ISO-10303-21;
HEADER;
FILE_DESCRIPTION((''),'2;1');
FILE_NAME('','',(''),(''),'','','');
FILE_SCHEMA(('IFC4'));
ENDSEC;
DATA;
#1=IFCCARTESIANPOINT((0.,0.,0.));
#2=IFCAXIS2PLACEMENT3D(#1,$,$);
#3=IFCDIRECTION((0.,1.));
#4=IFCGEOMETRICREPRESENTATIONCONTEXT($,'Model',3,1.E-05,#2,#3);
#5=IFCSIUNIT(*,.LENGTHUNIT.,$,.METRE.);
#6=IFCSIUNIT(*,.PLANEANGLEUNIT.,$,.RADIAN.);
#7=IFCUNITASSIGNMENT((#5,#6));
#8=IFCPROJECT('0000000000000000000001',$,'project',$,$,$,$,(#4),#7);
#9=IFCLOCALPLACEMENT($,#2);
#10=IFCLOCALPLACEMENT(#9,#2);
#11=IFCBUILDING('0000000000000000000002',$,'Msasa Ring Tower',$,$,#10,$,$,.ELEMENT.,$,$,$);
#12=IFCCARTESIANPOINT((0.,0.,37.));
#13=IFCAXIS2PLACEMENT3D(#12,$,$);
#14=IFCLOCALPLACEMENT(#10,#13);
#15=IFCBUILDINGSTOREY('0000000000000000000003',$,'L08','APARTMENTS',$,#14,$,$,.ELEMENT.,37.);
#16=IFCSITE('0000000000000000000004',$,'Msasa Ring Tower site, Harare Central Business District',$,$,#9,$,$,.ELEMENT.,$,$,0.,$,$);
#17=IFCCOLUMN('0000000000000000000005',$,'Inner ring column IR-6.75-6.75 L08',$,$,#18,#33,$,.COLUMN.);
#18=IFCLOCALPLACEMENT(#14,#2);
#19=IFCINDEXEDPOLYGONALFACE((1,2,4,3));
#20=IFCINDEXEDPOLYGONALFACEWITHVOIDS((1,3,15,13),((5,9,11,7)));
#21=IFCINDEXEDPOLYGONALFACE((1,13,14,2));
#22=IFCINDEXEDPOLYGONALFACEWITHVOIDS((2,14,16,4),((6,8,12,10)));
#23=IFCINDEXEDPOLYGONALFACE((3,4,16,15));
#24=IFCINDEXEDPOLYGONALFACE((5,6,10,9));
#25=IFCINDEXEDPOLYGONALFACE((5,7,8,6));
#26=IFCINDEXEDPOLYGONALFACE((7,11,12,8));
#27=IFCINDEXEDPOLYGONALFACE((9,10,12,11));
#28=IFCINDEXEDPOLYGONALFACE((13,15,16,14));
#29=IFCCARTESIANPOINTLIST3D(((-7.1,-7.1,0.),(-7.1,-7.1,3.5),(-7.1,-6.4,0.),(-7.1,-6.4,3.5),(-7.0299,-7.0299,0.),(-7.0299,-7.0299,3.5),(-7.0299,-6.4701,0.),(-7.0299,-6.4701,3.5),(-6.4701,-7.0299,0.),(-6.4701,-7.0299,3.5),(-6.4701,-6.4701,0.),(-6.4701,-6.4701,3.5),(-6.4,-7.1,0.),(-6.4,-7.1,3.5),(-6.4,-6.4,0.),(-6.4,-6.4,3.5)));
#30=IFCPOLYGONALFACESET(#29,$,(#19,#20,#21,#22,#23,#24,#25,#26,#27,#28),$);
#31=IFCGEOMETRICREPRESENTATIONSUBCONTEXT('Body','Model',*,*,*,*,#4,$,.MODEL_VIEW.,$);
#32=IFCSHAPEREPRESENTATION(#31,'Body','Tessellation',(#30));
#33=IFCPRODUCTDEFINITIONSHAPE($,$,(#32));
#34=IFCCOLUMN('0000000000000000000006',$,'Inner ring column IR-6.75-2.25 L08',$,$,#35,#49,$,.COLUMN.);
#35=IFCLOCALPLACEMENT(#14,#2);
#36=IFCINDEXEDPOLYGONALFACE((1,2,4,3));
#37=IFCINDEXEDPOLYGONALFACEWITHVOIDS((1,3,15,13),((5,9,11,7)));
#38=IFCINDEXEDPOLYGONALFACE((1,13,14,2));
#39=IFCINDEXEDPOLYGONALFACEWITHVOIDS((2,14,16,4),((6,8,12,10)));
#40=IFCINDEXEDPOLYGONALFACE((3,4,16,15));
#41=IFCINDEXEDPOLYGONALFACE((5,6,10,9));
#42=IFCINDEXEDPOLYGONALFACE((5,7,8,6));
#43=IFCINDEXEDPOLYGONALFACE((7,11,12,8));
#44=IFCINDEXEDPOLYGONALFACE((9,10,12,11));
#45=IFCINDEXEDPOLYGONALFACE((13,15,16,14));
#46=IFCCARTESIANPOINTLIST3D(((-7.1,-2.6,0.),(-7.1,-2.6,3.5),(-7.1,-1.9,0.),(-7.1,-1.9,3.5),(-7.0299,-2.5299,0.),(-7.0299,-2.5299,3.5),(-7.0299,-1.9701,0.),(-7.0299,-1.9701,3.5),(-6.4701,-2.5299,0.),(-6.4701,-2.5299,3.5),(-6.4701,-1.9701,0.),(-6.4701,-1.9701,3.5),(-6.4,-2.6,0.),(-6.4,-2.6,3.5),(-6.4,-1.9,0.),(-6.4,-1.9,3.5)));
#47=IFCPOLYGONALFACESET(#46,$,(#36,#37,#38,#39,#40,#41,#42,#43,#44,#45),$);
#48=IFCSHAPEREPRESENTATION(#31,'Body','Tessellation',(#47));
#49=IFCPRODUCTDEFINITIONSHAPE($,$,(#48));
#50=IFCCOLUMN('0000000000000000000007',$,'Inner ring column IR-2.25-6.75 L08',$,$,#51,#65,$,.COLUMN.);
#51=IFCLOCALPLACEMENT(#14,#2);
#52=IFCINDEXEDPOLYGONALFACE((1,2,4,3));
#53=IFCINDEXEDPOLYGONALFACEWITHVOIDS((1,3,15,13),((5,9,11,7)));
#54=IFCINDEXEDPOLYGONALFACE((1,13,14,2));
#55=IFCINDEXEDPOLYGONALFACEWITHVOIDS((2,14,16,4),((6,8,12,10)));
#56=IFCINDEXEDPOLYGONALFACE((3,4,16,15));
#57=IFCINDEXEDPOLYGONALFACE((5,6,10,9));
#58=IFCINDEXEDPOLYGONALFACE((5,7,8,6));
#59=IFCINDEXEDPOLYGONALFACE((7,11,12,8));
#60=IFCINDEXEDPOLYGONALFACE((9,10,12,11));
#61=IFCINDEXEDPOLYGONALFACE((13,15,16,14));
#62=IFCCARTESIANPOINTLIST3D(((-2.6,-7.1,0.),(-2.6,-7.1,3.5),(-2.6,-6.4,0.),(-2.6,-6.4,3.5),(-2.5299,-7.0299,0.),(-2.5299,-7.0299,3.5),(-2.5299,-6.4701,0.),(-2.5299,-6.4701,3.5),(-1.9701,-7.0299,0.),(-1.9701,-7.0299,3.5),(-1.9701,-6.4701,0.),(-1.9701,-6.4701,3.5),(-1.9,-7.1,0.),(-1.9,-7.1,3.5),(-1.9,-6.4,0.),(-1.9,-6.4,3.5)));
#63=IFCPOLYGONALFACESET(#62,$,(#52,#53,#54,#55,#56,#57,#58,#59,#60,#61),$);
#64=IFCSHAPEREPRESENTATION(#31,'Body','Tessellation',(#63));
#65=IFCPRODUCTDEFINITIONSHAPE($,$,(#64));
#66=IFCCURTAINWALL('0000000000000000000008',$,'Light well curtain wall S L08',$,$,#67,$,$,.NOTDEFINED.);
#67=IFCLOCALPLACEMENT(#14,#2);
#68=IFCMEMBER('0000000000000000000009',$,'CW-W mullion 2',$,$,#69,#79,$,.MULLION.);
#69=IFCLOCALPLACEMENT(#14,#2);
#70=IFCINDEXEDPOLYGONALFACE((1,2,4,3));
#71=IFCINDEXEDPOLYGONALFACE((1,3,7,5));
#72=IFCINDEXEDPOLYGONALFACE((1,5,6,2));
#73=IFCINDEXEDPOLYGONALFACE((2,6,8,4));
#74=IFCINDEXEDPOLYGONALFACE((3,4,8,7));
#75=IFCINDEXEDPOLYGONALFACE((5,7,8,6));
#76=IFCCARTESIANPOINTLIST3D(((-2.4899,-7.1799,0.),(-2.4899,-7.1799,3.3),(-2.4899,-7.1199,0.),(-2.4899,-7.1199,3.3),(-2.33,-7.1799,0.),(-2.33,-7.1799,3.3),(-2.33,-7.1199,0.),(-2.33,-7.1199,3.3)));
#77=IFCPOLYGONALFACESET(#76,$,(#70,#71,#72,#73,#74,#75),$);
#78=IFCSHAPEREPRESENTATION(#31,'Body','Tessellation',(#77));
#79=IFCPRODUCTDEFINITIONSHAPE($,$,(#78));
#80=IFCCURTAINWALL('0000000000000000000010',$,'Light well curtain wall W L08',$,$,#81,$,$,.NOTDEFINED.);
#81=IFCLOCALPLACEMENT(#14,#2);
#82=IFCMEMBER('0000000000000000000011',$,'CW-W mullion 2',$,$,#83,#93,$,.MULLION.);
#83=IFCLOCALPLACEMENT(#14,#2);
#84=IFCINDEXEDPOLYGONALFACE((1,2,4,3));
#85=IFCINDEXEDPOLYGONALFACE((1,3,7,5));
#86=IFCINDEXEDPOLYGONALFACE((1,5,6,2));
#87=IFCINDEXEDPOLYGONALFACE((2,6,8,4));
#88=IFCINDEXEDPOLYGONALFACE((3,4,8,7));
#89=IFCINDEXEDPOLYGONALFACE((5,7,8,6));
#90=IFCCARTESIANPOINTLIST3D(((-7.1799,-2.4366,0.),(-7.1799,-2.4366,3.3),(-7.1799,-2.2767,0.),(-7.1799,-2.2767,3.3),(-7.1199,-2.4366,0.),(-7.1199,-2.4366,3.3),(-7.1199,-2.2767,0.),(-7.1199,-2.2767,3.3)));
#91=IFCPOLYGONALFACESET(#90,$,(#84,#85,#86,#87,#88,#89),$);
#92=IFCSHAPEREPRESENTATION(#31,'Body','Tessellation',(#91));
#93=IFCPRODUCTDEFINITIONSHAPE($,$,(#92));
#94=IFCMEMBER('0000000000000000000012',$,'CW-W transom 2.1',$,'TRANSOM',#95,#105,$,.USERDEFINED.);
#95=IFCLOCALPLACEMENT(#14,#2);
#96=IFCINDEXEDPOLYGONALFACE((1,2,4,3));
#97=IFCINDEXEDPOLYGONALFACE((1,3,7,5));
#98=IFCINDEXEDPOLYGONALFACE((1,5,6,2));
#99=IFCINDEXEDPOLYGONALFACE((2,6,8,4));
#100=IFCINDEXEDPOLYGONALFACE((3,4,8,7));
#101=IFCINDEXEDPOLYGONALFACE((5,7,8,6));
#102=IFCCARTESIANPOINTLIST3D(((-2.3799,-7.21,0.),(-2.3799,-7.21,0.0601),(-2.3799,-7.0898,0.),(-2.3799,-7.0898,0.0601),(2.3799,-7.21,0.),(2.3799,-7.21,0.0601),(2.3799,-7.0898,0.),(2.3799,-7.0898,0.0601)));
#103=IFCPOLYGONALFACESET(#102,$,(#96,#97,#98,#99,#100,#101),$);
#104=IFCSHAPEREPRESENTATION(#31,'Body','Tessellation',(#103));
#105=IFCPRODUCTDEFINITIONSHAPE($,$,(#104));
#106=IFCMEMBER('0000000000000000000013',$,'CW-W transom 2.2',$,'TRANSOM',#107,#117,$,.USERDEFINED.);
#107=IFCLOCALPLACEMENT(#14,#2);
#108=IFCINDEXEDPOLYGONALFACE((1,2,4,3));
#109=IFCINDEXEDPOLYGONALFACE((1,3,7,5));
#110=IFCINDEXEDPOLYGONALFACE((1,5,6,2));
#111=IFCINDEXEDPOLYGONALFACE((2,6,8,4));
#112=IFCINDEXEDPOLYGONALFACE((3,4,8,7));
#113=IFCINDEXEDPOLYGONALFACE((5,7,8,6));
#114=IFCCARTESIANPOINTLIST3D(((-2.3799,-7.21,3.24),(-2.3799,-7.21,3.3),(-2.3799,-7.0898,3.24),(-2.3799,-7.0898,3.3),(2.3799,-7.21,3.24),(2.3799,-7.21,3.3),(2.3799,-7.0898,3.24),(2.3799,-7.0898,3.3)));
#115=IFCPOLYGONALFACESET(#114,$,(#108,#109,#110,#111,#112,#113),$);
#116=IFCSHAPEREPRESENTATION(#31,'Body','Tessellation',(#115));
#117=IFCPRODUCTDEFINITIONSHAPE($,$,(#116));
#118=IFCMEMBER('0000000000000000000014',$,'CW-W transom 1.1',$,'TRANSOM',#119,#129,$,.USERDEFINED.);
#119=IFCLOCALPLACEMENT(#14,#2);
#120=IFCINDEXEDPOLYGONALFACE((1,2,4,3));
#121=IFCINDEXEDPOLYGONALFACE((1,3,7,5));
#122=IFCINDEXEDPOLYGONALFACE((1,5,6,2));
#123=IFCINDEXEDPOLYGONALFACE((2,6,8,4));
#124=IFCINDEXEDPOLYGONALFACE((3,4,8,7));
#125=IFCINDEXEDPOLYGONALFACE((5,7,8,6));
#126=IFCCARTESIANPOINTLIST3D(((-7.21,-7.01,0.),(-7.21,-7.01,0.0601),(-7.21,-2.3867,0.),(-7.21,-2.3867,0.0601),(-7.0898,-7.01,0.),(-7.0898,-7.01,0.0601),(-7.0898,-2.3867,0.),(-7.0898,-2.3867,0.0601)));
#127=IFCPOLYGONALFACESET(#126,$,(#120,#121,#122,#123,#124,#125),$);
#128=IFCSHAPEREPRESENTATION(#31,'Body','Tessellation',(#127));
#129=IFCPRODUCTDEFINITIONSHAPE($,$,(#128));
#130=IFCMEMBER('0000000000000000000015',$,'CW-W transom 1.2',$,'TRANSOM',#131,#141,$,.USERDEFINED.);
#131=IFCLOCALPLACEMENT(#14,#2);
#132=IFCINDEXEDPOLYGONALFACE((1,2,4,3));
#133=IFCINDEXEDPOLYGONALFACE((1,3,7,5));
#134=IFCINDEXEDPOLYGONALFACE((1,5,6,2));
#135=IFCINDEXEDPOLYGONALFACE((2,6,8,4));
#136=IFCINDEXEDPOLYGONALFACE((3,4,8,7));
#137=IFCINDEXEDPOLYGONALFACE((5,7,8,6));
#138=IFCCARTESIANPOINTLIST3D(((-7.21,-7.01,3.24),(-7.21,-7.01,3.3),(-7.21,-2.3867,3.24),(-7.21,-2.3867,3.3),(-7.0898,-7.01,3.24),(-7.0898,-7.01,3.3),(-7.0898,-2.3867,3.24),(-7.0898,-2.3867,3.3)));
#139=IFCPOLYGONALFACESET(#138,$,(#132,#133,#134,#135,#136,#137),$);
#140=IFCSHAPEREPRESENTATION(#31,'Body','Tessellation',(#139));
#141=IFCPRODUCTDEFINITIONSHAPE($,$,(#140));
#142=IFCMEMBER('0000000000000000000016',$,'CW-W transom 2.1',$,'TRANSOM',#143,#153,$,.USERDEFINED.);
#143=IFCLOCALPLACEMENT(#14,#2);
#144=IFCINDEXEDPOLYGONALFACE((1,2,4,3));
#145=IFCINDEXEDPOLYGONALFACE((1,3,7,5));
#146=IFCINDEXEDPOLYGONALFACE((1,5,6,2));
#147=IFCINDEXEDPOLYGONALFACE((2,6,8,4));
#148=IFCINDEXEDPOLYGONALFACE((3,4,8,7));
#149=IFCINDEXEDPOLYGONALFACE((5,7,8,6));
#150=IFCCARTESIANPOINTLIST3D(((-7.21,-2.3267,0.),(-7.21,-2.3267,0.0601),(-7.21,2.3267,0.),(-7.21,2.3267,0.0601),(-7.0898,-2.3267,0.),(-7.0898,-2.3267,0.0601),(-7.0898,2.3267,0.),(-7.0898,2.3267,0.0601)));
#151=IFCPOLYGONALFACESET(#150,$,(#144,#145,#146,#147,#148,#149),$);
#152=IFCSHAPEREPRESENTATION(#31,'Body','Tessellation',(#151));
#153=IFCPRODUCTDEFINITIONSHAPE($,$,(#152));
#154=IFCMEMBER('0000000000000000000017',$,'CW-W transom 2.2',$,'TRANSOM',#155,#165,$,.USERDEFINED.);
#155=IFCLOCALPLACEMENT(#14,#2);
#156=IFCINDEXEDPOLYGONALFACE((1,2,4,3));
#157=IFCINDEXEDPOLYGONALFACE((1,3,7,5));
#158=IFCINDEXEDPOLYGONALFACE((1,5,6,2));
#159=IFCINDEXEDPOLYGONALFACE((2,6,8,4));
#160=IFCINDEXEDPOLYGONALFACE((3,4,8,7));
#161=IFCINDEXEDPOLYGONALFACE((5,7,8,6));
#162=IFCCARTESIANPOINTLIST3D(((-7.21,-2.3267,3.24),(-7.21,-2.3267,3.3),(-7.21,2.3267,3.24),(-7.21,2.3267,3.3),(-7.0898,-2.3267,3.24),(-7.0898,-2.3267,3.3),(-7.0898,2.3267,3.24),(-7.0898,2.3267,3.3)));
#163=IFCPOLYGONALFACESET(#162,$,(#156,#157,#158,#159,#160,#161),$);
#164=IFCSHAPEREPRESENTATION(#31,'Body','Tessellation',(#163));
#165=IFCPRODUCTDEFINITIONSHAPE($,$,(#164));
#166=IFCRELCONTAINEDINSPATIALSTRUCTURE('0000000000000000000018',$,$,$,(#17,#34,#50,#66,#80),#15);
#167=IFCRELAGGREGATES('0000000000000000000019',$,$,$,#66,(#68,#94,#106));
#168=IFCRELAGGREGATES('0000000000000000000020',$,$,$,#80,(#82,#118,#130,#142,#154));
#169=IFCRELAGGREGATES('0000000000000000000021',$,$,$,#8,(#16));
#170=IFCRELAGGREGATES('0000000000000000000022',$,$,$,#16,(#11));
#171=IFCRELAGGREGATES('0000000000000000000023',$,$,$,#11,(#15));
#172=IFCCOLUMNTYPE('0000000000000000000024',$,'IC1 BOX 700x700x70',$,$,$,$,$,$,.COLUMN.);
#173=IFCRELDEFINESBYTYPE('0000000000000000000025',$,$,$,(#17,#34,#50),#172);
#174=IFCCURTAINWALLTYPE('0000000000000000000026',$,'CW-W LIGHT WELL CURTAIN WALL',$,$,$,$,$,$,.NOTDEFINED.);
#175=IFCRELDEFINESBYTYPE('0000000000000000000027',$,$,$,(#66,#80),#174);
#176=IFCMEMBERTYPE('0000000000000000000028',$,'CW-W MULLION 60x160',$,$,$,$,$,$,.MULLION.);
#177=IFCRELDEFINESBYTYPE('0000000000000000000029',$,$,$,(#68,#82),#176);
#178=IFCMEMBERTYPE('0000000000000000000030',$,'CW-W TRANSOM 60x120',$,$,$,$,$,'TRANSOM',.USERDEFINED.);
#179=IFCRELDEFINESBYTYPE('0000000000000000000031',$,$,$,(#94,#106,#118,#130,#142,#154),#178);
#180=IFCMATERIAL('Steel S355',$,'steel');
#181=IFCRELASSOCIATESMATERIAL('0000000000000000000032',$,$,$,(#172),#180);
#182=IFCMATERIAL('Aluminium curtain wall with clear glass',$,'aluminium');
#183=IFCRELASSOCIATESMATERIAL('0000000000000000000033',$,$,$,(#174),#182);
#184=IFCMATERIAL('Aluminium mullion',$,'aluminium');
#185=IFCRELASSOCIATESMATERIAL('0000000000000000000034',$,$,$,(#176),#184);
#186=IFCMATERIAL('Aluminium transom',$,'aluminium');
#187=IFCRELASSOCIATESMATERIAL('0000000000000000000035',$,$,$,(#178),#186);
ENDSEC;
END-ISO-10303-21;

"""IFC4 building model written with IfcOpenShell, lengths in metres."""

from ifc_helpers import new_model, si_unit, direction, frame, origin, origin_2d, place, context, subcontext, project, spatial, rectangle, hollow_rectangle, extrude, material, material_profile, profile_set, type_object, element, aggregate, save


model = new_model("IFC4")

# Units and contexts
model_context = context("Model", 3, precision=1e-05, world=origin(), true_north=direction((0.0, 1.0)))
body_context = subcontext(model_context, "Body", "Model", "MODEL_VIEW")
ifc_project = project(units=[si_unit("LENGTHUNIT", "METRE"), si_unit("PLANEANGLEUNIT", "RADIAN")], contexts=[model_context])

# Site, building, storey
site_placement = place(None, origin())
site = spatial("IfcSite", under=ifc_project, at=site_placement, Name="Msasa Ring Tower site, Harare Central Business District", CompositionType="ELEMENT", RefElevation=0.0)
building_placement = place(site_placement, origin())
building = spatial("IfcBuilding", under=site, at=building_placement, Name="Msasa Ring Tower", CompositionType="ELEMENT")
storey_placement = place(building_placement, frame((0.0, 0.0, 37.0)))
storey = spatial("IfcBuildingStorey", under=building, at=storey_placement, Name="L08", Description="APARTMENTS", CompositionType="ELEMENT", Elevation=37.0)

# Columns
ifc_material_1 = material(Name="Steel S355", Category="steel")
ifc_material_profile_1 = material_profile(ifc_material_1, hollow_rectangle(XDim=0.7, YDim=0.7, WallThickness=0.0701, at=origin_2d()), Name="BOX 700x700x70")
ifc_profile_set_1 = profile_set([ifc_material_profile_1], Name="Steel S355")
column_type = type_object("IfcColumnType", Name="IC1 BOX 700x700x70", PredefinedType="COLUMN", material=ifc_profile_set_1)
for number, where, z_axis, x_axis, name in (
    (1, (-6.75, -6.75, 0.0), (0.0, 0.0, 1.0), (1.0, 0.0, 0.0), "Inner ring column IR-6.75-6.75 L08"),
    (2, (-6.75, -2.25, 0.0), (0.0, 0.0, 1.0), (1.0, 0.0, 0.0), "Inner ring column IR-6.75-2.25 L08"),
    (3, (-2.25, -6.75, 0.0), (0.0, 0.0, 1.0), (1.0, 0.0, 0.0), "Inner ring column IR-2.25-6.75 L08"),
):
    element("IfcColumn", number, at=place(storey_placement, frame(where, z_axis=z_axis, x_axis=x_axis)), inside=storey, type_object=column_type, Name=name, PredefinedType="COLUMN", context=body_context, shape_type="SweptSolid", body=[
        extrude(hollow_rectangle(XDim=0.7, YDim=0.7, WallThickness=0.0701, at=origin_2d()), origin(), (0.0, 0.0, 1.0), 3.5),
    ])

# Curtain walls, members
ifc_material_2 = material(Name="Aluminium curtain wall with clear glass", Category="aluminium")
curtain_wall_type = type_object("IfcCurtainWallType", Name="CW-W LIGHT WELL CURTAIN WALL", PredefinedType="NOTDEFINED", material=ifc_material_2)
curtain_wall_1_placement = place(storey_placement, origin())
curtain_wall_1 = element("IfcCurtainWall", 4, at=curtain_wall_1_placement, inside=storey, type_object=curtain_wall_type, Name="Light well curtain wall S L08", PredefinedType="NOTDEFINED")
ifc_material_3 = material(Name="Aluminium mullion", Category="aluminium")
ifc_material_profile_2 = material_profile(ifc_material_3, rectangle(XDim=0.0601, YDim=0.1599, at=origin_2d()), Name="AL 60x160")
ifc_profile_set_2 = profile_set([ifc_material_profile_2], Name="Aluminium mullion")
member_type_1 = type_object("IfcMemberType", Name="CW-W MULLION 60x160", PredefinedType="MULLION", material=ifc_profile_set_2)
member_1_placement = place(storey_placement, frame((-2.4099, -7.1499, 0.0), z_axis=(0.0, 0.0, 1.0), x_axis=(0.0, 1.0, 0.0)))
member_1 = element("IfcMember", 5, at=member_1_placement, type_object=member_type_1, Name="CW-W mullion 2", PredefinedType="MULLION", context=body_context, shape_type="SweptSolid", body=[
    extrude(rectangle(XDim=0.0601, YDim=0.1599, at=origin_2d()), origin(), (0.0, 0.0, 1.0), 3.3),
])
curtain_wall_2_placement = place(storey_placement, origin())
curtain_wall_2 = element("IfcCurtainWall", 6, at=curtain_wall_2_placement, inside=storey, type_object=curtain_wall_type, Name="Light well curtain wall W L08", PredefinedType="NOTDEFINED")
member_2_placement = place(storey_placement, frame((-7.1499, -2.3567, 0.0), z_axis=(0.0, 0.0, 1.0), x_axis=(-1.0, 0.0, 0.0)))
member_2 = element("IfcMember", 7, at=member_2_placement, type_object=member_type_1, Name="CW-W mullion 2", PredefinedType="MULLION", context=body_context, shape_type="SweptSolid", body=[
    extrude(rectangle(XDim=0.0601, YDim=0.1599, at=origin_2d()), origin(), (0.0, 0.0, 1.0), 3.3),
])

# Members
ifc_material_4 = material(Name="Aluminium transom", Category="aluminium")
ifc_material_profile_3 = material_profile(ifc_material_4, rectangle(XDim=0.1201, YDim=0.0601, at=origin_2d()), Name="AL 60x120")
ifc_profile_set_3 = profile_set([ifc_material_profile_3], Name="Aluminium transom")
member_type_2 = type_object("IfcMemberType", Name="CW-W TRANSOM 60x120", ElementType="TRANSOM", PredefinedType="USERDEFINED", material=ifc_profile_set_3)
member_3_placement = place(storey_placement, frame((-2.3799, -7.1499, 0.03), z_axis=(1.0, 0.0, 0.0), x_axis=(0.0, 1.0, 0.0)))
member_3 = element("IfcMember", 8, at=member_3_placement, type_object=member_type_2, Name="CW-W transom 2.1", ObjectType="TRANSOM", PredefinedType="USERDEFINED", context=body_context, shape_type="SweptSolid", body=[
    extrude(rectangle(XDim=0.1201, YDim=0.0601, at=origin_2d()), origin(), (0.0, 0.0, 1.0), 4.7598),
])
member_4_placement = place(storey_placement, frame((-2.3799, -7.1499, 3.27), z_axis=(1.0, 0.0, 0.0), x_axis=(0.0, 1.0, 0.0)))
member_4 = element("IfcMember", 9, at=member_4_placement, type_object=member_type_2, Name="CW-W transom 2.2", ObjectType="TRANSOM", PredefinedType="USERDEFINED", context=body_context, shape_type="SweptSolid", body=[
    extrude(rectangle(XDim=0.1201, YDim=0.0601, at=origin_2d()), origin(), (0.0, 0.0, 1.0), 4.7598),
])
member_5_placement = place(storey_placement, frame((-7.1499, -7.01, 0.03), z_axis=(0.0, 1.0, 0.0), x_axis=(-1.0, 0.0, 0.0)))
member_5 = element("IfcMember", 10, at=member_5_placement, type_object=member_type_2, Name="CW-W transom 1.1", ObjectType="TRANSOM", PredefinedType="USERDEFINED", context=body_context, shape_type="SweptSolid", body=[
    extrude(rectangle(XDim=0.1201, YDim=0.0601, at=origin_2d()), origin(), (0.0, 0.0, 1.0), 4.6233),
])
member_6_placement = place(storey_placement, frame((-7.1499, -7.01, 3.27), z_axis=(0.0, 1.0, 0.0), x_axis=(-1.0, 0.0, 0.0)))
member_6 = element("IfcMember", 11, at=member_6_placement, type_object=member_type_2, Name="CW-W transom 1.2", ObjectType="TRANSOM", PredefinedType="USERDEFINED", context=body_context, shape_type="SweptSolid", body=[
    extrude(rectangle(XDim=0.1201, YDim=0.0601, at=origin_2d()), origin(), (0.0, 0.0, 1.0), 4.6233),
])
member_7_placement = place(storey_placement, frame((-7.1499, -2.3267, 0.03), z_axis=(0.0, 1.0, 0.0), x_axis=(-1.0, 0.0, 0.0)))
member_7 = element("IfcMember", 12, at=member_7_placement, type_object=member_type_2, Name="CW-W transom 2.1", ObjectType="TRANSOM", PredefinedType="USERDEFINED", context=body_context, shape_type="SweptSolid", body=[
    extrude(rectangle(XDim=0.1201, YDim=0.0601, at=origin_2d()), origin(), (0.0, 0.0, 1.0), 4.6533),
])
member_8_placement = place(storey_placement, frame((-7.1499, -2.3267, 3.27), z_axis=(0.0, 1.0, 0.0), x_axis=(-1.0, 0.0, 0.0)))
member_8 = element("IfcMember", 13, at=member_8_placement, type_object=member_type_2, Name="CW-W transom 2.2", ObjectType="TRANSOM", PredefinedType="USERDEFINED", context=body_context, shape_type="SweptSolid", body=[
    extrude(rectangle(XDim=0.1201, YDim=0.0601, at=origin_2d()), origin(), (0.0, 0.0, 1.0), 4.6533),
])

aggregate(curtain_wall_1, [member_1, member_3, member_4])
aggregate(curtain_wall_2, [member_2, member_5, member_6, member_7, member_8])

save(model, "model.ifc")
